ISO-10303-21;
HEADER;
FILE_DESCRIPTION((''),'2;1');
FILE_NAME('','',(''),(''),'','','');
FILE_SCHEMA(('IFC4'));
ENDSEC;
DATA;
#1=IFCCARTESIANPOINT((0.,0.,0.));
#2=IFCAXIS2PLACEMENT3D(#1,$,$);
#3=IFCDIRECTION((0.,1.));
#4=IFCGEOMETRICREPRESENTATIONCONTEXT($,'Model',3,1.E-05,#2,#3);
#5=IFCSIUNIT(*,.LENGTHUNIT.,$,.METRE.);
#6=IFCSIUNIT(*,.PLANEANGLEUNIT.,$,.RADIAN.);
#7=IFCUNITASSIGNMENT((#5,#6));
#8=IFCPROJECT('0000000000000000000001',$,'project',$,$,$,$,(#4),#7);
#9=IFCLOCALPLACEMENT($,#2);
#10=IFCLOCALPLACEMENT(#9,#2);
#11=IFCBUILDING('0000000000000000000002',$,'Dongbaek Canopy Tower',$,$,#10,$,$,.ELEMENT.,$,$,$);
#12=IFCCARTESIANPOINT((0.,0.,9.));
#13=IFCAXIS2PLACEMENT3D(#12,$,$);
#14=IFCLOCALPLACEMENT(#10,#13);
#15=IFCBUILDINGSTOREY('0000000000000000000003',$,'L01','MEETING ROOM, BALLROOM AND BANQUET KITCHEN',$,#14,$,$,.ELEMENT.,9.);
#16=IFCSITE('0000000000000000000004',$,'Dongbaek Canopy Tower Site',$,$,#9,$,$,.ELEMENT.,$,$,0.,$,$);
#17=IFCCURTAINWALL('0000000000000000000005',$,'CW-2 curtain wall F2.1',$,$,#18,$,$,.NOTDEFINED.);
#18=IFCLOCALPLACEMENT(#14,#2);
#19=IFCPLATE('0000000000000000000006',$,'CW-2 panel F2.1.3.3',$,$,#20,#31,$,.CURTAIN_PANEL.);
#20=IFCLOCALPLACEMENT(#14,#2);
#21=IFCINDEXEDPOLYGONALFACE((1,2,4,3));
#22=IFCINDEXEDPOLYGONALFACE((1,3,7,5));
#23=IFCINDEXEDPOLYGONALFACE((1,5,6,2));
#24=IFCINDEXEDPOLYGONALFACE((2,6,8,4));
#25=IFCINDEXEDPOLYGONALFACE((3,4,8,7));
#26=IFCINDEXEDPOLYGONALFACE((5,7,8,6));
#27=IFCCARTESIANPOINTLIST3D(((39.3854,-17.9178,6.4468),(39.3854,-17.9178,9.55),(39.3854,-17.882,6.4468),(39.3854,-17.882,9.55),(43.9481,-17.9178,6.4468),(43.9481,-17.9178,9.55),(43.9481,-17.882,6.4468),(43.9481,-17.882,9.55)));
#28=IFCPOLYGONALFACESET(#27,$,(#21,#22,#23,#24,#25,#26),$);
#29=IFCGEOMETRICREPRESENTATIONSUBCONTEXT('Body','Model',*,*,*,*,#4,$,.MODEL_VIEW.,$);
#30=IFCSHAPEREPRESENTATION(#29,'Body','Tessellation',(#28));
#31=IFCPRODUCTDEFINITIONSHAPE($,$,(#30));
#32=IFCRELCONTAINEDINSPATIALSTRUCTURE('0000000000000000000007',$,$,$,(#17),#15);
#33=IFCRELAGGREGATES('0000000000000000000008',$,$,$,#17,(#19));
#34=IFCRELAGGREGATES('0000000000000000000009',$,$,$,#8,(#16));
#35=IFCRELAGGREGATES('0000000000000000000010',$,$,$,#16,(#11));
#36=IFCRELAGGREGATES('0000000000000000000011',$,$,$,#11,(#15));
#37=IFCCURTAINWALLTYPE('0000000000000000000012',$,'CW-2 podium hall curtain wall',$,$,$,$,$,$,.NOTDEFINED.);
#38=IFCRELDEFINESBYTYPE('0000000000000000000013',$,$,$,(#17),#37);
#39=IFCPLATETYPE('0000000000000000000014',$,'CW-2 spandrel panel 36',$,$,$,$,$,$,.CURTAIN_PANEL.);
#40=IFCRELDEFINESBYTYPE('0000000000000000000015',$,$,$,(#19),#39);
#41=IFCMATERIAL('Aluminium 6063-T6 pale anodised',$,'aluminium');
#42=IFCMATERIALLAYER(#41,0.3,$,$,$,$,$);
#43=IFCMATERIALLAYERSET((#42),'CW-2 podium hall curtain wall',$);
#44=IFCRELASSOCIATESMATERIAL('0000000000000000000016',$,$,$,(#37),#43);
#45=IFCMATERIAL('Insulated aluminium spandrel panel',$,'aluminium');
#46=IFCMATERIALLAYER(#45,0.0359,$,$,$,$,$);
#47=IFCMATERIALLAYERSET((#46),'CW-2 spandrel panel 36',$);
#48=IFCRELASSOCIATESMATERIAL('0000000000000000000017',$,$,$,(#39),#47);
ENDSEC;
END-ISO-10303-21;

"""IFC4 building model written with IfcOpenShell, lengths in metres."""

from ifc_helpers import new_model, si_unit, direction, frame, origin, origin_2d, place, context, subcontext, project, spatial, rectangle, extrude, material, layer, layer_set, type_object, element, aggregate, save


model = new_model("IFC4")

# Units and contexts
model_context = context("Model", 3, precision=1e-05, world=origin(), true_north=direction((0.0, 1.0)))
body_context = subcontext(model_context, "Body", "Model", "MODEL_VIEW")
ifc_project = project(units=[si_unit("LENGTHUNIT", "METRE"), si_unit("PLANEANGLEUNIT", "RADIAN")], contexts=[model_context])

# Site, building, storey
site_placement = place(None, origin())
site = spatial("IfcSite", under=ifc_project, at=site_placement, Name="Dongbaek Canopy Tower Site", CompositionType="ELEMENT", RefElevation=0.0)
building_placement = place(site_placement, origin())
building = spatial("IfcBuilding", under=site, at=building_placement, Name="Dongbaek Canopy Tower", CompositionType="ELEMENT")
storey_placement = place(building_placement, frame((0.0, 0.0, 9.0)))
storey = spatial("IfcBuildingStorey", under=building, at=storey_placement, Name="L01", Description="MEETING ROOM, BALLROOM AND BANQUET KITCHEN", CompositionType="ELEMENT", Elevation=9.0)

# Curtain wall
ifc_material_1 = material(Name="Aluminium 6063-T6 pale anodised", Category="aluminium")
ifc_layer_1 = layer(ifc_material_1, 0.3)
ifc_layer_set_1 = layer_set([ifc_layer_1], Name="CW-2 podium hall curtain wall")
curtain_wall_type = type_object("IfcCurtainWallType", Name="CW-2 podium hall curtain wall", PredefinedType="NOTDEFINED", material=ifc_layer_set_1)
curtain_wall_placement = place(storey_placement, origin())
curtain_wall = element("IfcCurtainWall", 1, at=curtain_wall_placement, inside=storey, type_object=curtain_wall_type, Name="CW-2 curtain wall F2.1", PredefinedType="NOTDEFINED")

# Plate
ifc_material_2 = material(Name="Insulated aluminium spandrel panel", Category="aluminium")
ifc_layer_2 = layer(ifc_material_2, 0.0359)
ifc_layer_set_2 = layer_set([ifc_layer_2], Name="CW-2 spandrel panel 36")
plate_type_1 = type_object("IfcPlateType", Name="CW-2 spandrel panel 36", PredefinedType="CURTAIN_PANEL", material=ifc_layer_set_2)
plate_1_placement = place(storey_placement, frame((41.6667, -17.8999, 6.4468), z_axis=(0.0, 0.0, 1.0), x_axis=(1.0, 0.0, 0.0)))
plate_1 = element("IfcPlate", 2, at=plate_1_placement, type_object=plate_type_1, Name="CW-2 panel F2.1.3.3", PredefinedType="CURTAIN_PANEL", context=body_context, shape_type="SweptSolid", body=[
    extrude(rectangle(XDim=4.5627, YDim=0.0359, at=origin_2d()), origin(), (0.0, 0.0, 1.0), 3.1033),
])
aggregate(curtain_wall, [plate_1])

save(model, "model.ifc")
